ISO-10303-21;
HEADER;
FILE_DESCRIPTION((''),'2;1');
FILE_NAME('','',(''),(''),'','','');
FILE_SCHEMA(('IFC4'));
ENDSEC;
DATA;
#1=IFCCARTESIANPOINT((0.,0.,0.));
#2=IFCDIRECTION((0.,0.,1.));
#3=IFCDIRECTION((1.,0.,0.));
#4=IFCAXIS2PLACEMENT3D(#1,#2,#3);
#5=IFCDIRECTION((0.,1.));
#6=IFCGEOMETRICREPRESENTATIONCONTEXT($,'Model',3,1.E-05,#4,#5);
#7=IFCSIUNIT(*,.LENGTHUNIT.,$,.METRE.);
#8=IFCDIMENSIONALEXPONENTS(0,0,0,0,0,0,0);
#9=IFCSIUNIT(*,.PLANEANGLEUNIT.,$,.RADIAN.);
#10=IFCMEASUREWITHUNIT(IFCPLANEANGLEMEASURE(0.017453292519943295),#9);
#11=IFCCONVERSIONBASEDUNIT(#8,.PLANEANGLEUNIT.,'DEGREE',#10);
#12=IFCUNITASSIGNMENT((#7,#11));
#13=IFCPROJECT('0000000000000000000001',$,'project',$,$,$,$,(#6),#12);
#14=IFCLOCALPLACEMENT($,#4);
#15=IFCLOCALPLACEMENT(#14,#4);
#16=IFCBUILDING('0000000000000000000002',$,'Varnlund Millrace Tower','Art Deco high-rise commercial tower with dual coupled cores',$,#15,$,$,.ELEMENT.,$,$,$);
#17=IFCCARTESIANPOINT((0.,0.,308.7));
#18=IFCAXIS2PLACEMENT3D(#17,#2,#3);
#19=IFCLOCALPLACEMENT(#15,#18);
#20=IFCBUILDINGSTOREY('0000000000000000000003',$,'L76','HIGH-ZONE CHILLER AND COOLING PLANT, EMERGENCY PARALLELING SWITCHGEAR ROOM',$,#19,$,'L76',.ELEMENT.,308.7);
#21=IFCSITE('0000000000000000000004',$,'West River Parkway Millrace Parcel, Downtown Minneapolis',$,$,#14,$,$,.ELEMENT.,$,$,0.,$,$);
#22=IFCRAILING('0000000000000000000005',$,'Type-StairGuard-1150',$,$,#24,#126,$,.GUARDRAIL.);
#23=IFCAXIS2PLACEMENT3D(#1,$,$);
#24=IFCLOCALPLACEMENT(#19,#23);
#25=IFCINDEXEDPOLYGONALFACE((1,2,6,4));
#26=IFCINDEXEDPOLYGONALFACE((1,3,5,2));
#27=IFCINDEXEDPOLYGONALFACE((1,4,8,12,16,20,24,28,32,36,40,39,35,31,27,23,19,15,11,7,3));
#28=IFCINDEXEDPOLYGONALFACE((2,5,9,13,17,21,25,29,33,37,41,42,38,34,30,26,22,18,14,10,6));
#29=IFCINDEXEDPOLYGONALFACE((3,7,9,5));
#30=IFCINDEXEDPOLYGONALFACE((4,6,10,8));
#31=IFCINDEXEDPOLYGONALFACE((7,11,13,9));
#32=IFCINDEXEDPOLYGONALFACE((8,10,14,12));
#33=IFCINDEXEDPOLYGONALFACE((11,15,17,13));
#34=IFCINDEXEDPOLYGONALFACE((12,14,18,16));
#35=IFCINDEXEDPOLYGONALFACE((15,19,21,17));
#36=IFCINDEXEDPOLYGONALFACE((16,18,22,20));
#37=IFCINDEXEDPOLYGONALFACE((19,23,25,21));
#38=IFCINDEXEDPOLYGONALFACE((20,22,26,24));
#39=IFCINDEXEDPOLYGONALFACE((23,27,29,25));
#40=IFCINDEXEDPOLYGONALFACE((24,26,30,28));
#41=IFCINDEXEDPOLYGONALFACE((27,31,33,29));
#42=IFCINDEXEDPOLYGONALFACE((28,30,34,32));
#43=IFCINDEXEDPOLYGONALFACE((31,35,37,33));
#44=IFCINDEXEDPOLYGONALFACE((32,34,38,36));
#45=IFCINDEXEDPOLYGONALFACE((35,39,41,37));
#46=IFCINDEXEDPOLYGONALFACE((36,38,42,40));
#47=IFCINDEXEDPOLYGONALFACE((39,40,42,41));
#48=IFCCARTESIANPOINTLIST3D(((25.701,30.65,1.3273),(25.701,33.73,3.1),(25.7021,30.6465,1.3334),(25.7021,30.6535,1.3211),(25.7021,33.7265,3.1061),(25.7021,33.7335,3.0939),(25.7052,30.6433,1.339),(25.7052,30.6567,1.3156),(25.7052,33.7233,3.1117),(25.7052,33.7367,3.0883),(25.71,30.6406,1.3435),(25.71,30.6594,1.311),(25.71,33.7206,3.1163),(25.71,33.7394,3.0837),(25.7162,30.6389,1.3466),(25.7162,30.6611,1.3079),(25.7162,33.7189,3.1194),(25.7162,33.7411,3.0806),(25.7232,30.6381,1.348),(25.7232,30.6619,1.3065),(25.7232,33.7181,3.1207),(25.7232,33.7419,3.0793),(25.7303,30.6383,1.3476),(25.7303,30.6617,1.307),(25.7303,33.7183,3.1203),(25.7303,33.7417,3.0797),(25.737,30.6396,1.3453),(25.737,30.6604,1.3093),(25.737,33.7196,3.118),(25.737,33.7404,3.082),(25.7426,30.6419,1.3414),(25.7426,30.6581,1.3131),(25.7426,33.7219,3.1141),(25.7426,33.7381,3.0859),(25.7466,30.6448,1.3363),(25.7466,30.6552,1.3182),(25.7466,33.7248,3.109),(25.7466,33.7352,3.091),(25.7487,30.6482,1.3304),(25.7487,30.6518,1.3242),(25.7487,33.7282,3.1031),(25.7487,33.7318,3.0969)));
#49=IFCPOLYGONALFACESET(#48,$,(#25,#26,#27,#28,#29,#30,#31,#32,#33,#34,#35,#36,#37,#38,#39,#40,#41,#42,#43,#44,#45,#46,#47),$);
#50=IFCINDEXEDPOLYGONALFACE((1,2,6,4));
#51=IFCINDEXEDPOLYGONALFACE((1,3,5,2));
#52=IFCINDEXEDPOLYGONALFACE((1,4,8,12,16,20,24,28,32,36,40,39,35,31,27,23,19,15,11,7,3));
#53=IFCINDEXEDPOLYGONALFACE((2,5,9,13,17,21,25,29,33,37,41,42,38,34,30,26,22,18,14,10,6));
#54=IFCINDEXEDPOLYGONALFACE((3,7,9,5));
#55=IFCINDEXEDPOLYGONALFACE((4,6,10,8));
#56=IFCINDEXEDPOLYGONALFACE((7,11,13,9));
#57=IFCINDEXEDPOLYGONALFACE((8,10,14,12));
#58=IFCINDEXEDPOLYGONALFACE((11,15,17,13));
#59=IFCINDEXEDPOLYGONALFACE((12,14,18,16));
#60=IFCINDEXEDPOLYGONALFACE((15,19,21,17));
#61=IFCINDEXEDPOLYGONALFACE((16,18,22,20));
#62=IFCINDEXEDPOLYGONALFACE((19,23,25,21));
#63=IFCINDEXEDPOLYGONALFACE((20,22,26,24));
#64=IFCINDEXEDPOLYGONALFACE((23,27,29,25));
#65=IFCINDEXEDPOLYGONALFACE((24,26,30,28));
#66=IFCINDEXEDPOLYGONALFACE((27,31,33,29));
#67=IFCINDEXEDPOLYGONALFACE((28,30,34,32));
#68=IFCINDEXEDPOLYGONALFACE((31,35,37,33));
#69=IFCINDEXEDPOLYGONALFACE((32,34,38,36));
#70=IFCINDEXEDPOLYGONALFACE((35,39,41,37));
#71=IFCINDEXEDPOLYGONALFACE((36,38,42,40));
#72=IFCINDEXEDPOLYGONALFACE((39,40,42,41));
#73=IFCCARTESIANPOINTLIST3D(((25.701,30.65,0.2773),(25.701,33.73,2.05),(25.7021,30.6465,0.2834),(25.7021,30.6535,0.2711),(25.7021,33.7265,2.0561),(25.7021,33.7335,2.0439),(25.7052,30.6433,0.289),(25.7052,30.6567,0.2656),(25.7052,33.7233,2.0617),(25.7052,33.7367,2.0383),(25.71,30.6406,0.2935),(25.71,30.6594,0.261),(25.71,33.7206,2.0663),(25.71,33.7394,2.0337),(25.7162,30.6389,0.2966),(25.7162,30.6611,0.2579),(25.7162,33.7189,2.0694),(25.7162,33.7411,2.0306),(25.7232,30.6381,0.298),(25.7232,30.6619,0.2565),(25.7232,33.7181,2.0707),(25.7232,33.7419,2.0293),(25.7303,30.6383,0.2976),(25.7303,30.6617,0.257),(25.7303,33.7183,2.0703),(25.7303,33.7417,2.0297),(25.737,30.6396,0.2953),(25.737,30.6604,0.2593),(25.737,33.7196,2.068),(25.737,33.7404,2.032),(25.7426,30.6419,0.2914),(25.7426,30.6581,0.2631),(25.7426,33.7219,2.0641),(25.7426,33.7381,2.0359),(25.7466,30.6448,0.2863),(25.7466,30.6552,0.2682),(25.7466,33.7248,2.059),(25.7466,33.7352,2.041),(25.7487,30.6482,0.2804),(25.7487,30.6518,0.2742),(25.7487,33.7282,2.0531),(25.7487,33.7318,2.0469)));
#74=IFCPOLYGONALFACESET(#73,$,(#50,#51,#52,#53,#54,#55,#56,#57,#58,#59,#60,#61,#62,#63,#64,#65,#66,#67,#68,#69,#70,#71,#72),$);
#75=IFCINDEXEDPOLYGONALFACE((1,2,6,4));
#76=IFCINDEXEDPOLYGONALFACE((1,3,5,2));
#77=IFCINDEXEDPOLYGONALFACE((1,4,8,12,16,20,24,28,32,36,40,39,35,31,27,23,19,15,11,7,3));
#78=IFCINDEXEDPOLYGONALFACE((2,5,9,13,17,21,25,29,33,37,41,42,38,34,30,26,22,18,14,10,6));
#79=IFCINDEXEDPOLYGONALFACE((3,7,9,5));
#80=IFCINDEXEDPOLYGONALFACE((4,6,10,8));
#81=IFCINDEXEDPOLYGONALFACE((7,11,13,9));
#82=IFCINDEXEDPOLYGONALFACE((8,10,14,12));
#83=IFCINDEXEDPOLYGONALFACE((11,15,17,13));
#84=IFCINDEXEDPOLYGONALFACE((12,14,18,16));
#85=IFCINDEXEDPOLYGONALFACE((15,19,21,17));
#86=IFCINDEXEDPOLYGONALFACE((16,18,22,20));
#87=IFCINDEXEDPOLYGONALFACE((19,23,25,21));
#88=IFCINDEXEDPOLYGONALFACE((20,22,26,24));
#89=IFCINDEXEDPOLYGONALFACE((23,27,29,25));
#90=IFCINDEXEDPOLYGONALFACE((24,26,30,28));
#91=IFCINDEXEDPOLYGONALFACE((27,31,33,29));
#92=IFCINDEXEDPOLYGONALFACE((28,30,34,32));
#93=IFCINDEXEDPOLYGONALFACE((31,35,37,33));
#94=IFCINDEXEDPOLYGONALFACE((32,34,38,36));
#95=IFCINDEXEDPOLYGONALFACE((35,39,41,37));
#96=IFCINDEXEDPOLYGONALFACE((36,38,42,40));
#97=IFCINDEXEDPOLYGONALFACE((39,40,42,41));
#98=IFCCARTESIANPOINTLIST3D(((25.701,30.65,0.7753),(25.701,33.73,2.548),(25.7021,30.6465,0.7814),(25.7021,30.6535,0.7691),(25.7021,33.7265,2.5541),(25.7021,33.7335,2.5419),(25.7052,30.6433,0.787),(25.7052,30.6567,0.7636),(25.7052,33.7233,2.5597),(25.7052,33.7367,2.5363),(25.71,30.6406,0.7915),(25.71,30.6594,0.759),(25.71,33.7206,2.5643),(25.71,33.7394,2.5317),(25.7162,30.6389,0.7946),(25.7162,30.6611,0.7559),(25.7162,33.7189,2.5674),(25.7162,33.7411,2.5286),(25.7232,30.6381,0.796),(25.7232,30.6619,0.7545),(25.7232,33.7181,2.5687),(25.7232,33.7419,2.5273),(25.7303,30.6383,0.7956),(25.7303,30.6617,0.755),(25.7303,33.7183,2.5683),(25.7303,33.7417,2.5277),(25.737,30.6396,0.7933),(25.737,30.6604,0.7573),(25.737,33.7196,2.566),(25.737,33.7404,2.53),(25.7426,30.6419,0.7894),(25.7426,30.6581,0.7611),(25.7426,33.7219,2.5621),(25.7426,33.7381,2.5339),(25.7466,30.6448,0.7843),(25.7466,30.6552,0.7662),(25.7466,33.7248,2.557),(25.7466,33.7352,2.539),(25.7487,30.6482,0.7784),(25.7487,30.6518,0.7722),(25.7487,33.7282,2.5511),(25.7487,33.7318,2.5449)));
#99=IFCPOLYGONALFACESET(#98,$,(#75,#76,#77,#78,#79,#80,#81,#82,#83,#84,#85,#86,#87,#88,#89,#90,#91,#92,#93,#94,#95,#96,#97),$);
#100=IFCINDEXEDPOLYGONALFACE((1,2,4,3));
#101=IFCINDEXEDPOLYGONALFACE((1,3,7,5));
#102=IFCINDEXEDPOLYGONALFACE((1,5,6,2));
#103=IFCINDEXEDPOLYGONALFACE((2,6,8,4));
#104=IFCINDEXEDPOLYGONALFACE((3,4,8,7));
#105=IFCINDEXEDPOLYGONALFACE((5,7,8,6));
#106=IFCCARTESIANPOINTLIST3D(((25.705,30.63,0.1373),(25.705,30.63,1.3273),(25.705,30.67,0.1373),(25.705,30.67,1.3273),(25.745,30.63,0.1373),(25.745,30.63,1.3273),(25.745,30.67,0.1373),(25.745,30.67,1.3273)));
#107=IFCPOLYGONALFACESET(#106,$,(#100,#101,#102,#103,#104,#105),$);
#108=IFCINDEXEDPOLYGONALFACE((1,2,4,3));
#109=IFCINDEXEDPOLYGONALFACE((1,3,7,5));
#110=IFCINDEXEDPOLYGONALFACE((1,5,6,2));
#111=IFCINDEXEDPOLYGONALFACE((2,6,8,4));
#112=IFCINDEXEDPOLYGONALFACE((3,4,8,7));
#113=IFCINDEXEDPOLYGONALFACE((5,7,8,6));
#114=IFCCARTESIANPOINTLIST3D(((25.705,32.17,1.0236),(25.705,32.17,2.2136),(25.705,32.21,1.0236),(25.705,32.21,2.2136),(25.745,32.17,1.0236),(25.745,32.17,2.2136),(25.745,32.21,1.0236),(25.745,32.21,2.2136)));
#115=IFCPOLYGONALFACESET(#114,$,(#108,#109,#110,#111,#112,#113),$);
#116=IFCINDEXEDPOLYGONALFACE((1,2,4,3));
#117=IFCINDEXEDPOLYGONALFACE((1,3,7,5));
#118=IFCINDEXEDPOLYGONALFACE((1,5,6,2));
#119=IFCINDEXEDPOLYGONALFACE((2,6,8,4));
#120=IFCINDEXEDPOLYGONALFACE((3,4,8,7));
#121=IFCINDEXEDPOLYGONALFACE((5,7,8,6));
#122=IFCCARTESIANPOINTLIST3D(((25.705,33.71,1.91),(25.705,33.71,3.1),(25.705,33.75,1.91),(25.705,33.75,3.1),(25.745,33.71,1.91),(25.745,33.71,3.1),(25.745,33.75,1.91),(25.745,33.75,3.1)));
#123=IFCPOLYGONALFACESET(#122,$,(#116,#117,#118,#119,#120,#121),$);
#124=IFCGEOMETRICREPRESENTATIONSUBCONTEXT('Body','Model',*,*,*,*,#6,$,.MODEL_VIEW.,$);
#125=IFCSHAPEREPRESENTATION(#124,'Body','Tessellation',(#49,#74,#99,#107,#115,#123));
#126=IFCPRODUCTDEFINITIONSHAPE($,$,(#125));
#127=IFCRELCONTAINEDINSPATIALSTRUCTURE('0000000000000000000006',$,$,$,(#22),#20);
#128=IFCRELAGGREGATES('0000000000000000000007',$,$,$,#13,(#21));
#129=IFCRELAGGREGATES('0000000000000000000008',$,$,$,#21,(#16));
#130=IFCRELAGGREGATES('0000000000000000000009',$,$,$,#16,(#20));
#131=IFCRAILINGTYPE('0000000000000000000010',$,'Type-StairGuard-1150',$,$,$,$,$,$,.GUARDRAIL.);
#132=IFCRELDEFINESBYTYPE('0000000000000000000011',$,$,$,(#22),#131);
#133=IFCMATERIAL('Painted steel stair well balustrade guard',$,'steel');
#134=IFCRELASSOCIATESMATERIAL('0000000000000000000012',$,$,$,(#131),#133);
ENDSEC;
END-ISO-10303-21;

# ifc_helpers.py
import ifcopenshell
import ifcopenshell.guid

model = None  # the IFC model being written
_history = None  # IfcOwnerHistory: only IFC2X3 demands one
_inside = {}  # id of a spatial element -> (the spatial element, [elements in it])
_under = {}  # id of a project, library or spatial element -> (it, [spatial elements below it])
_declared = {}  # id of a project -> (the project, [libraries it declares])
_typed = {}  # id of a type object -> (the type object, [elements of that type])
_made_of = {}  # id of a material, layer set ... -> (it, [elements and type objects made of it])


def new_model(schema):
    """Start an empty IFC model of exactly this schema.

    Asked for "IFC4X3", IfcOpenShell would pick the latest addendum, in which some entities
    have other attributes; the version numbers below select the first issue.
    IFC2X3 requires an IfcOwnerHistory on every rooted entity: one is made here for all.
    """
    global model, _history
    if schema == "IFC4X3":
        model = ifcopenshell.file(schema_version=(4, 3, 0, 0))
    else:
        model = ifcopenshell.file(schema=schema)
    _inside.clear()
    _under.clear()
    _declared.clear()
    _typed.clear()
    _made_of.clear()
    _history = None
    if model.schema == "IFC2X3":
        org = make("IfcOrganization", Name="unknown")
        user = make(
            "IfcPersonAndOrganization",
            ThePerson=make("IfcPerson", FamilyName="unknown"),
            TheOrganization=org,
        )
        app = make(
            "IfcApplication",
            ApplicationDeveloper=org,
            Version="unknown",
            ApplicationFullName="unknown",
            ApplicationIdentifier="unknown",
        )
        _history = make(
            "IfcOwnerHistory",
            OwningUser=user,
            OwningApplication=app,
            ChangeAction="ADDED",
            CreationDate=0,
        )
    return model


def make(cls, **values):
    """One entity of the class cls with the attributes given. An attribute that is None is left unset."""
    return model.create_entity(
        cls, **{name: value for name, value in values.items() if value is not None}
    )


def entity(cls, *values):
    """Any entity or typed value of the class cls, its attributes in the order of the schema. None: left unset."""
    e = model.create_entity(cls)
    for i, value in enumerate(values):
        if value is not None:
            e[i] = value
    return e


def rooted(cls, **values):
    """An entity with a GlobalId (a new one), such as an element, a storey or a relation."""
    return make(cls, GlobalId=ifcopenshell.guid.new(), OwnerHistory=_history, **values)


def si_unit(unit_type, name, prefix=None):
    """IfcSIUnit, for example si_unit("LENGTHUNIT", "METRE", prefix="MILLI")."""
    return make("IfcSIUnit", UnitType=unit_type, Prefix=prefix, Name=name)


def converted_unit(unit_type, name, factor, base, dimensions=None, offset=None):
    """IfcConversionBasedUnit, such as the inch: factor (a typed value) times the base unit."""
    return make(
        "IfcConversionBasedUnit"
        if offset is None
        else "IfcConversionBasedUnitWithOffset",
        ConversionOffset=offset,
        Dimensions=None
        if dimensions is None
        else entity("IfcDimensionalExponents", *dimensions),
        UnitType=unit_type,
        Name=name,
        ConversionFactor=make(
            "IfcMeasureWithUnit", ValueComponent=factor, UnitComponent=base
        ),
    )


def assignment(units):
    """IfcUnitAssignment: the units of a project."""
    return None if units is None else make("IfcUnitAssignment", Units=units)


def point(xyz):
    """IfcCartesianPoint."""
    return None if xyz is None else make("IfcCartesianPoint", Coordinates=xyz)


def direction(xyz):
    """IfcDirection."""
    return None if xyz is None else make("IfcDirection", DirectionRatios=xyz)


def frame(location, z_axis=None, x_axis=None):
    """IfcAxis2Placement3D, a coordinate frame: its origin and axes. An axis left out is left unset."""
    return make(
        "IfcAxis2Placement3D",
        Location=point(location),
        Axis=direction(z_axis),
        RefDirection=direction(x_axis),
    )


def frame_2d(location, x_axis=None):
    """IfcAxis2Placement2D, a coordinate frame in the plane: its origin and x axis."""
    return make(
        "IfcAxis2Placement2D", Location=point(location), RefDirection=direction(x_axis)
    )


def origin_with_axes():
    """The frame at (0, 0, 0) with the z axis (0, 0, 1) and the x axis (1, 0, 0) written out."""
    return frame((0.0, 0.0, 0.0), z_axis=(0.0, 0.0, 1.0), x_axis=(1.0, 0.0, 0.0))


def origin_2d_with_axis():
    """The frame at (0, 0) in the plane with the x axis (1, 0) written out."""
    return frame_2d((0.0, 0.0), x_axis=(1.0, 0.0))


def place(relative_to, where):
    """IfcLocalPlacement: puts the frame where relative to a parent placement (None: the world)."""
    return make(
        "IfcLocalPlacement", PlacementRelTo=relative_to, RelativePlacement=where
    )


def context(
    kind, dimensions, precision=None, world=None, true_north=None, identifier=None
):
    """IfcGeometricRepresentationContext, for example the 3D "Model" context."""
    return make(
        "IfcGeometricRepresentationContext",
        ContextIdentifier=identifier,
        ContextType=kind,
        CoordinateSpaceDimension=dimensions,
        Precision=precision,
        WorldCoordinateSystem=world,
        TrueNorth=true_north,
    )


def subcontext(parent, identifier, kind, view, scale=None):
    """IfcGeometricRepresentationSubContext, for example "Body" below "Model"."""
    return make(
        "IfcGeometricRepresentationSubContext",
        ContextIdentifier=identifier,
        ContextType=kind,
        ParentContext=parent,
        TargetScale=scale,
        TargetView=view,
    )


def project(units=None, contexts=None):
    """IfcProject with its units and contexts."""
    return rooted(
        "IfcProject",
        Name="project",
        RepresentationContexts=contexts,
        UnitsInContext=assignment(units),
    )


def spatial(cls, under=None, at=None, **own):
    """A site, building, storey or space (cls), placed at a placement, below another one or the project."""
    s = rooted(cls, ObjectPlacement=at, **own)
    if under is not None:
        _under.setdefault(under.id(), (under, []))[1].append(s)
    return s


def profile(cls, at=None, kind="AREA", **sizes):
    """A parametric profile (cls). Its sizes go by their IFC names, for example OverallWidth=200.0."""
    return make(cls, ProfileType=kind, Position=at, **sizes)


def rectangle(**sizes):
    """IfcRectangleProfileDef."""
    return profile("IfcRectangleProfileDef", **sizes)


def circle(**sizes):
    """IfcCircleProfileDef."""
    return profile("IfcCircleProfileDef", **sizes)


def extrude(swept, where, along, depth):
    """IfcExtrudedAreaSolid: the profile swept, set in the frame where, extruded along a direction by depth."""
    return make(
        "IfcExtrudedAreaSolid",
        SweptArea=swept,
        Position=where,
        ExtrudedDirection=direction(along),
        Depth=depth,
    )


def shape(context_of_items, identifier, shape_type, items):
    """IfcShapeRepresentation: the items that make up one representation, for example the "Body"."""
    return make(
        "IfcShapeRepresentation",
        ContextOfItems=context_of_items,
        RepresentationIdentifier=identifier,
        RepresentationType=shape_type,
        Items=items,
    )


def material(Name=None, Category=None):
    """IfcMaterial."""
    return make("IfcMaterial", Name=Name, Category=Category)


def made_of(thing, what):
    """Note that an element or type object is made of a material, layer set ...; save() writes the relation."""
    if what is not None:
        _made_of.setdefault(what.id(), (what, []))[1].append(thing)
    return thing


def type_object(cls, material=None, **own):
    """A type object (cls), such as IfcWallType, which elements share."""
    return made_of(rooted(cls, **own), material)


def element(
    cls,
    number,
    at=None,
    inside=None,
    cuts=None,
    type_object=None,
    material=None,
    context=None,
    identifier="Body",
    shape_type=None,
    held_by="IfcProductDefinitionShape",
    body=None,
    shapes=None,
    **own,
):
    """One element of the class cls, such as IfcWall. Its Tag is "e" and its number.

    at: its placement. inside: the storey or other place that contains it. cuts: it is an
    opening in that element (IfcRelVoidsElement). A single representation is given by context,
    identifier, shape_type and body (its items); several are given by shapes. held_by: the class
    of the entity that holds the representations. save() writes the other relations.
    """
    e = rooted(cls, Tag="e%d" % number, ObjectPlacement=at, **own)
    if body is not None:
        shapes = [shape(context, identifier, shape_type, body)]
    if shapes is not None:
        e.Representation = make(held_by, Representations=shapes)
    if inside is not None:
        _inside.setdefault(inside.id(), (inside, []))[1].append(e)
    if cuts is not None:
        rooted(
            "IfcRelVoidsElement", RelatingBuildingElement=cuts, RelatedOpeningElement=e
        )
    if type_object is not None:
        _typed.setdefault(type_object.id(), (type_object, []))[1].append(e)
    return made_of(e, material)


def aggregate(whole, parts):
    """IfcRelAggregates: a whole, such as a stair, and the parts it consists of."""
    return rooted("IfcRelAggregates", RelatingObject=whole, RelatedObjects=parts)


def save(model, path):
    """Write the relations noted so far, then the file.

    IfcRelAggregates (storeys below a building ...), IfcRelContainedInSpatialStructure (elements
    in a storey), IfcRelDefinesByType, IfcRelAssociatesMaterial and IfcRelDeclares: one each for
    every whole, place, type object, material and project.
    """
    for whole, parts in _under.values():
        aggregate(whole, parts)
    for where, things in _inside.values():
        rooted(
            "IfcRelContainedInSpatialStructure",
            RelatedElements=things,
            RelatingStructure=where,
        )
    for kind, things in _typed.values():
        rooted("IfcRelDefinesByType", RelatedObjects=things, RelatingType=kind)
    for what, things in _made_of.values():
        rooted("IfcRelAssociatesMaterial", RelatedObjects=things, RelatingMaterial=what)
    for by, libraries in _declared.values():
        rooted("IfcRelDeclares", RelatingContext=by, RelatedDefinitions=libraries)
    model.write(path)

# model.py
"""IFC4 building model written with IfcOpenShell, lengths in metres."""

from ifc_helpers import new_model, entity, si_unit, converted_unit, direction, frame, origin_with_axes, origin_2d_with_axis, place, context, subcontext, project, spatial, rectangle, circle, extrude, material, type_object, element, save


model = new_model("IFC4")

# Units and contexts
model_context = context("Model", 3, precision=1e-05, world=origin_with_axes(), true_north=direction((0.0, 1.0)))
body_context = subcontext(model_context, "Body", "Model", "MODEL_VIEW")
ifc_project = project(units=[si_unit("LENGTHUNIT", "METRE"), converted_unit("PLANEANGLEUNIT", "DEGREE", entity("IfcPlaneAngleMeasure", 0.017453292519943295), si_unit("PLANEANGLEUNIT", "RADIAN"), dimensions=[0, 0, 0, 0, 0, 0, 0])], contexts=[model_context])

# Site, building, storey
site_placement = place(None, origin_with_axes())
site = spatial("IfcSite", under=ifc_project, at=site_placement, Name="West River Parkway Millrace Parcel, Downtown Minneapolis", CompositionType="ELEMENT", RefElevation=0.0)
building_placement = place(site_placement, origin_with_axes())
building = spatial("IfcBuilding", under=site, at=building_placement, Name="Varnlund Millrace Tower", Description="Art Deco high-rise commercial tower with dual coupled cores", CompositionType="ELEMENT")
storey_placement = place(building_placement, frame((0.0, 0.0, 308.7), z_axis=(0.0, 0.0, 1.0), x_axis=(1.0, 0.0, 0.0)))
storey = spatial("IfcBuildingStorey", under=building, at=storey_placement, Name="L76", Description="HIGH-ZONE CHILLER AND COOLING PLANT, EMERGENCY PARALLELING SWITCHGEAR ROOM", LongName="L76", CompositionType="ELEMENT", Elevation=308.7)

# Railing
ifc_material_1 = material(Name="Painted steel stair well balustrade guard", Category="steel")
railing_type_1 = type_object("IfcRailingType", Name="Type-StairGuard-1150", PredefinedType="GUARDRAIL", material=ifc_material_1)
railing_1_placement = place(storey_placement, frame((0.0, 0.0, -308.7), z_axis=(0.0, 0.0, 1.0), x_axis=(1.0, 0.0, 0.0)))
element("IfcRailing", 1, at=railing_1_placement, inside=storey, type_object=railing_type_1, Name="Type-StairGuard-1150", PredefinedType="GUARDRAIL", context=body_context, shape_type="SweptSolid", body=[
    extrude(circle(Radius=0.024, at=origin_2d_with_axis()), frame((25.725, 30.65, 310.0273), z_axis=(0.0, 0.866696, 0.498836), x_axis=(-1.0, 0.0, 0.0)), (0.0, 0.0, 1.0), 3.5537),
    extrude(circle(Radius=0.024, at=origin_2d_with_axis()), frame((25.725, 30.65, 308.9773), z_axis=(0.0, 0.866696, 0.498836), x_axis=(-1.0, 0.0, 0.0)), (0.0, 0.0, 1.0), 3.5537),
    extrude(circle(Radius=0.024, at=origin_2d_with_axis()), frame((25.725, 30.65, 309.4753), z_axis=(0.0, 0.866696, 0.498836), x_axis=(-1.0, 0.0, 0.0)), (0.0, 0.0, 1.0), 3.5537),
    extrude(rectangle(XDim=0.04, YDim=0.04, at=origin_2d_with_axis()), frame((25.725, 30.65, 308.8373), z_axis=(0.0, 0.0, 1.0), x_axis=(1.0, 0.0, 0.0)), (0.0, 0.0, 1.0), 1.19),
    extrude(rectangle(XDim=0.04, YDim=0.04, at=origin_2d_with_axis()), frame((25.725, 32.19, 309.7236), z_axis=(0.0, 0.0, 1.0), x_axis=(1.0, 0.0, 0.0)), (0.0, 0.0, 1.0), 1.19),
    extrude(rectangle(XDim=0.04, YDim=0.04, at=origin_2d_with_axis()), frame((25.725, 33.73, 310.61), z_axis=(0.0, 0.0, 1.0), x_axis=(1.0, 0.0, 0.0)), (0.0, 0.0, 1.0), 1.19),
])

save(model, "model.ifc")
